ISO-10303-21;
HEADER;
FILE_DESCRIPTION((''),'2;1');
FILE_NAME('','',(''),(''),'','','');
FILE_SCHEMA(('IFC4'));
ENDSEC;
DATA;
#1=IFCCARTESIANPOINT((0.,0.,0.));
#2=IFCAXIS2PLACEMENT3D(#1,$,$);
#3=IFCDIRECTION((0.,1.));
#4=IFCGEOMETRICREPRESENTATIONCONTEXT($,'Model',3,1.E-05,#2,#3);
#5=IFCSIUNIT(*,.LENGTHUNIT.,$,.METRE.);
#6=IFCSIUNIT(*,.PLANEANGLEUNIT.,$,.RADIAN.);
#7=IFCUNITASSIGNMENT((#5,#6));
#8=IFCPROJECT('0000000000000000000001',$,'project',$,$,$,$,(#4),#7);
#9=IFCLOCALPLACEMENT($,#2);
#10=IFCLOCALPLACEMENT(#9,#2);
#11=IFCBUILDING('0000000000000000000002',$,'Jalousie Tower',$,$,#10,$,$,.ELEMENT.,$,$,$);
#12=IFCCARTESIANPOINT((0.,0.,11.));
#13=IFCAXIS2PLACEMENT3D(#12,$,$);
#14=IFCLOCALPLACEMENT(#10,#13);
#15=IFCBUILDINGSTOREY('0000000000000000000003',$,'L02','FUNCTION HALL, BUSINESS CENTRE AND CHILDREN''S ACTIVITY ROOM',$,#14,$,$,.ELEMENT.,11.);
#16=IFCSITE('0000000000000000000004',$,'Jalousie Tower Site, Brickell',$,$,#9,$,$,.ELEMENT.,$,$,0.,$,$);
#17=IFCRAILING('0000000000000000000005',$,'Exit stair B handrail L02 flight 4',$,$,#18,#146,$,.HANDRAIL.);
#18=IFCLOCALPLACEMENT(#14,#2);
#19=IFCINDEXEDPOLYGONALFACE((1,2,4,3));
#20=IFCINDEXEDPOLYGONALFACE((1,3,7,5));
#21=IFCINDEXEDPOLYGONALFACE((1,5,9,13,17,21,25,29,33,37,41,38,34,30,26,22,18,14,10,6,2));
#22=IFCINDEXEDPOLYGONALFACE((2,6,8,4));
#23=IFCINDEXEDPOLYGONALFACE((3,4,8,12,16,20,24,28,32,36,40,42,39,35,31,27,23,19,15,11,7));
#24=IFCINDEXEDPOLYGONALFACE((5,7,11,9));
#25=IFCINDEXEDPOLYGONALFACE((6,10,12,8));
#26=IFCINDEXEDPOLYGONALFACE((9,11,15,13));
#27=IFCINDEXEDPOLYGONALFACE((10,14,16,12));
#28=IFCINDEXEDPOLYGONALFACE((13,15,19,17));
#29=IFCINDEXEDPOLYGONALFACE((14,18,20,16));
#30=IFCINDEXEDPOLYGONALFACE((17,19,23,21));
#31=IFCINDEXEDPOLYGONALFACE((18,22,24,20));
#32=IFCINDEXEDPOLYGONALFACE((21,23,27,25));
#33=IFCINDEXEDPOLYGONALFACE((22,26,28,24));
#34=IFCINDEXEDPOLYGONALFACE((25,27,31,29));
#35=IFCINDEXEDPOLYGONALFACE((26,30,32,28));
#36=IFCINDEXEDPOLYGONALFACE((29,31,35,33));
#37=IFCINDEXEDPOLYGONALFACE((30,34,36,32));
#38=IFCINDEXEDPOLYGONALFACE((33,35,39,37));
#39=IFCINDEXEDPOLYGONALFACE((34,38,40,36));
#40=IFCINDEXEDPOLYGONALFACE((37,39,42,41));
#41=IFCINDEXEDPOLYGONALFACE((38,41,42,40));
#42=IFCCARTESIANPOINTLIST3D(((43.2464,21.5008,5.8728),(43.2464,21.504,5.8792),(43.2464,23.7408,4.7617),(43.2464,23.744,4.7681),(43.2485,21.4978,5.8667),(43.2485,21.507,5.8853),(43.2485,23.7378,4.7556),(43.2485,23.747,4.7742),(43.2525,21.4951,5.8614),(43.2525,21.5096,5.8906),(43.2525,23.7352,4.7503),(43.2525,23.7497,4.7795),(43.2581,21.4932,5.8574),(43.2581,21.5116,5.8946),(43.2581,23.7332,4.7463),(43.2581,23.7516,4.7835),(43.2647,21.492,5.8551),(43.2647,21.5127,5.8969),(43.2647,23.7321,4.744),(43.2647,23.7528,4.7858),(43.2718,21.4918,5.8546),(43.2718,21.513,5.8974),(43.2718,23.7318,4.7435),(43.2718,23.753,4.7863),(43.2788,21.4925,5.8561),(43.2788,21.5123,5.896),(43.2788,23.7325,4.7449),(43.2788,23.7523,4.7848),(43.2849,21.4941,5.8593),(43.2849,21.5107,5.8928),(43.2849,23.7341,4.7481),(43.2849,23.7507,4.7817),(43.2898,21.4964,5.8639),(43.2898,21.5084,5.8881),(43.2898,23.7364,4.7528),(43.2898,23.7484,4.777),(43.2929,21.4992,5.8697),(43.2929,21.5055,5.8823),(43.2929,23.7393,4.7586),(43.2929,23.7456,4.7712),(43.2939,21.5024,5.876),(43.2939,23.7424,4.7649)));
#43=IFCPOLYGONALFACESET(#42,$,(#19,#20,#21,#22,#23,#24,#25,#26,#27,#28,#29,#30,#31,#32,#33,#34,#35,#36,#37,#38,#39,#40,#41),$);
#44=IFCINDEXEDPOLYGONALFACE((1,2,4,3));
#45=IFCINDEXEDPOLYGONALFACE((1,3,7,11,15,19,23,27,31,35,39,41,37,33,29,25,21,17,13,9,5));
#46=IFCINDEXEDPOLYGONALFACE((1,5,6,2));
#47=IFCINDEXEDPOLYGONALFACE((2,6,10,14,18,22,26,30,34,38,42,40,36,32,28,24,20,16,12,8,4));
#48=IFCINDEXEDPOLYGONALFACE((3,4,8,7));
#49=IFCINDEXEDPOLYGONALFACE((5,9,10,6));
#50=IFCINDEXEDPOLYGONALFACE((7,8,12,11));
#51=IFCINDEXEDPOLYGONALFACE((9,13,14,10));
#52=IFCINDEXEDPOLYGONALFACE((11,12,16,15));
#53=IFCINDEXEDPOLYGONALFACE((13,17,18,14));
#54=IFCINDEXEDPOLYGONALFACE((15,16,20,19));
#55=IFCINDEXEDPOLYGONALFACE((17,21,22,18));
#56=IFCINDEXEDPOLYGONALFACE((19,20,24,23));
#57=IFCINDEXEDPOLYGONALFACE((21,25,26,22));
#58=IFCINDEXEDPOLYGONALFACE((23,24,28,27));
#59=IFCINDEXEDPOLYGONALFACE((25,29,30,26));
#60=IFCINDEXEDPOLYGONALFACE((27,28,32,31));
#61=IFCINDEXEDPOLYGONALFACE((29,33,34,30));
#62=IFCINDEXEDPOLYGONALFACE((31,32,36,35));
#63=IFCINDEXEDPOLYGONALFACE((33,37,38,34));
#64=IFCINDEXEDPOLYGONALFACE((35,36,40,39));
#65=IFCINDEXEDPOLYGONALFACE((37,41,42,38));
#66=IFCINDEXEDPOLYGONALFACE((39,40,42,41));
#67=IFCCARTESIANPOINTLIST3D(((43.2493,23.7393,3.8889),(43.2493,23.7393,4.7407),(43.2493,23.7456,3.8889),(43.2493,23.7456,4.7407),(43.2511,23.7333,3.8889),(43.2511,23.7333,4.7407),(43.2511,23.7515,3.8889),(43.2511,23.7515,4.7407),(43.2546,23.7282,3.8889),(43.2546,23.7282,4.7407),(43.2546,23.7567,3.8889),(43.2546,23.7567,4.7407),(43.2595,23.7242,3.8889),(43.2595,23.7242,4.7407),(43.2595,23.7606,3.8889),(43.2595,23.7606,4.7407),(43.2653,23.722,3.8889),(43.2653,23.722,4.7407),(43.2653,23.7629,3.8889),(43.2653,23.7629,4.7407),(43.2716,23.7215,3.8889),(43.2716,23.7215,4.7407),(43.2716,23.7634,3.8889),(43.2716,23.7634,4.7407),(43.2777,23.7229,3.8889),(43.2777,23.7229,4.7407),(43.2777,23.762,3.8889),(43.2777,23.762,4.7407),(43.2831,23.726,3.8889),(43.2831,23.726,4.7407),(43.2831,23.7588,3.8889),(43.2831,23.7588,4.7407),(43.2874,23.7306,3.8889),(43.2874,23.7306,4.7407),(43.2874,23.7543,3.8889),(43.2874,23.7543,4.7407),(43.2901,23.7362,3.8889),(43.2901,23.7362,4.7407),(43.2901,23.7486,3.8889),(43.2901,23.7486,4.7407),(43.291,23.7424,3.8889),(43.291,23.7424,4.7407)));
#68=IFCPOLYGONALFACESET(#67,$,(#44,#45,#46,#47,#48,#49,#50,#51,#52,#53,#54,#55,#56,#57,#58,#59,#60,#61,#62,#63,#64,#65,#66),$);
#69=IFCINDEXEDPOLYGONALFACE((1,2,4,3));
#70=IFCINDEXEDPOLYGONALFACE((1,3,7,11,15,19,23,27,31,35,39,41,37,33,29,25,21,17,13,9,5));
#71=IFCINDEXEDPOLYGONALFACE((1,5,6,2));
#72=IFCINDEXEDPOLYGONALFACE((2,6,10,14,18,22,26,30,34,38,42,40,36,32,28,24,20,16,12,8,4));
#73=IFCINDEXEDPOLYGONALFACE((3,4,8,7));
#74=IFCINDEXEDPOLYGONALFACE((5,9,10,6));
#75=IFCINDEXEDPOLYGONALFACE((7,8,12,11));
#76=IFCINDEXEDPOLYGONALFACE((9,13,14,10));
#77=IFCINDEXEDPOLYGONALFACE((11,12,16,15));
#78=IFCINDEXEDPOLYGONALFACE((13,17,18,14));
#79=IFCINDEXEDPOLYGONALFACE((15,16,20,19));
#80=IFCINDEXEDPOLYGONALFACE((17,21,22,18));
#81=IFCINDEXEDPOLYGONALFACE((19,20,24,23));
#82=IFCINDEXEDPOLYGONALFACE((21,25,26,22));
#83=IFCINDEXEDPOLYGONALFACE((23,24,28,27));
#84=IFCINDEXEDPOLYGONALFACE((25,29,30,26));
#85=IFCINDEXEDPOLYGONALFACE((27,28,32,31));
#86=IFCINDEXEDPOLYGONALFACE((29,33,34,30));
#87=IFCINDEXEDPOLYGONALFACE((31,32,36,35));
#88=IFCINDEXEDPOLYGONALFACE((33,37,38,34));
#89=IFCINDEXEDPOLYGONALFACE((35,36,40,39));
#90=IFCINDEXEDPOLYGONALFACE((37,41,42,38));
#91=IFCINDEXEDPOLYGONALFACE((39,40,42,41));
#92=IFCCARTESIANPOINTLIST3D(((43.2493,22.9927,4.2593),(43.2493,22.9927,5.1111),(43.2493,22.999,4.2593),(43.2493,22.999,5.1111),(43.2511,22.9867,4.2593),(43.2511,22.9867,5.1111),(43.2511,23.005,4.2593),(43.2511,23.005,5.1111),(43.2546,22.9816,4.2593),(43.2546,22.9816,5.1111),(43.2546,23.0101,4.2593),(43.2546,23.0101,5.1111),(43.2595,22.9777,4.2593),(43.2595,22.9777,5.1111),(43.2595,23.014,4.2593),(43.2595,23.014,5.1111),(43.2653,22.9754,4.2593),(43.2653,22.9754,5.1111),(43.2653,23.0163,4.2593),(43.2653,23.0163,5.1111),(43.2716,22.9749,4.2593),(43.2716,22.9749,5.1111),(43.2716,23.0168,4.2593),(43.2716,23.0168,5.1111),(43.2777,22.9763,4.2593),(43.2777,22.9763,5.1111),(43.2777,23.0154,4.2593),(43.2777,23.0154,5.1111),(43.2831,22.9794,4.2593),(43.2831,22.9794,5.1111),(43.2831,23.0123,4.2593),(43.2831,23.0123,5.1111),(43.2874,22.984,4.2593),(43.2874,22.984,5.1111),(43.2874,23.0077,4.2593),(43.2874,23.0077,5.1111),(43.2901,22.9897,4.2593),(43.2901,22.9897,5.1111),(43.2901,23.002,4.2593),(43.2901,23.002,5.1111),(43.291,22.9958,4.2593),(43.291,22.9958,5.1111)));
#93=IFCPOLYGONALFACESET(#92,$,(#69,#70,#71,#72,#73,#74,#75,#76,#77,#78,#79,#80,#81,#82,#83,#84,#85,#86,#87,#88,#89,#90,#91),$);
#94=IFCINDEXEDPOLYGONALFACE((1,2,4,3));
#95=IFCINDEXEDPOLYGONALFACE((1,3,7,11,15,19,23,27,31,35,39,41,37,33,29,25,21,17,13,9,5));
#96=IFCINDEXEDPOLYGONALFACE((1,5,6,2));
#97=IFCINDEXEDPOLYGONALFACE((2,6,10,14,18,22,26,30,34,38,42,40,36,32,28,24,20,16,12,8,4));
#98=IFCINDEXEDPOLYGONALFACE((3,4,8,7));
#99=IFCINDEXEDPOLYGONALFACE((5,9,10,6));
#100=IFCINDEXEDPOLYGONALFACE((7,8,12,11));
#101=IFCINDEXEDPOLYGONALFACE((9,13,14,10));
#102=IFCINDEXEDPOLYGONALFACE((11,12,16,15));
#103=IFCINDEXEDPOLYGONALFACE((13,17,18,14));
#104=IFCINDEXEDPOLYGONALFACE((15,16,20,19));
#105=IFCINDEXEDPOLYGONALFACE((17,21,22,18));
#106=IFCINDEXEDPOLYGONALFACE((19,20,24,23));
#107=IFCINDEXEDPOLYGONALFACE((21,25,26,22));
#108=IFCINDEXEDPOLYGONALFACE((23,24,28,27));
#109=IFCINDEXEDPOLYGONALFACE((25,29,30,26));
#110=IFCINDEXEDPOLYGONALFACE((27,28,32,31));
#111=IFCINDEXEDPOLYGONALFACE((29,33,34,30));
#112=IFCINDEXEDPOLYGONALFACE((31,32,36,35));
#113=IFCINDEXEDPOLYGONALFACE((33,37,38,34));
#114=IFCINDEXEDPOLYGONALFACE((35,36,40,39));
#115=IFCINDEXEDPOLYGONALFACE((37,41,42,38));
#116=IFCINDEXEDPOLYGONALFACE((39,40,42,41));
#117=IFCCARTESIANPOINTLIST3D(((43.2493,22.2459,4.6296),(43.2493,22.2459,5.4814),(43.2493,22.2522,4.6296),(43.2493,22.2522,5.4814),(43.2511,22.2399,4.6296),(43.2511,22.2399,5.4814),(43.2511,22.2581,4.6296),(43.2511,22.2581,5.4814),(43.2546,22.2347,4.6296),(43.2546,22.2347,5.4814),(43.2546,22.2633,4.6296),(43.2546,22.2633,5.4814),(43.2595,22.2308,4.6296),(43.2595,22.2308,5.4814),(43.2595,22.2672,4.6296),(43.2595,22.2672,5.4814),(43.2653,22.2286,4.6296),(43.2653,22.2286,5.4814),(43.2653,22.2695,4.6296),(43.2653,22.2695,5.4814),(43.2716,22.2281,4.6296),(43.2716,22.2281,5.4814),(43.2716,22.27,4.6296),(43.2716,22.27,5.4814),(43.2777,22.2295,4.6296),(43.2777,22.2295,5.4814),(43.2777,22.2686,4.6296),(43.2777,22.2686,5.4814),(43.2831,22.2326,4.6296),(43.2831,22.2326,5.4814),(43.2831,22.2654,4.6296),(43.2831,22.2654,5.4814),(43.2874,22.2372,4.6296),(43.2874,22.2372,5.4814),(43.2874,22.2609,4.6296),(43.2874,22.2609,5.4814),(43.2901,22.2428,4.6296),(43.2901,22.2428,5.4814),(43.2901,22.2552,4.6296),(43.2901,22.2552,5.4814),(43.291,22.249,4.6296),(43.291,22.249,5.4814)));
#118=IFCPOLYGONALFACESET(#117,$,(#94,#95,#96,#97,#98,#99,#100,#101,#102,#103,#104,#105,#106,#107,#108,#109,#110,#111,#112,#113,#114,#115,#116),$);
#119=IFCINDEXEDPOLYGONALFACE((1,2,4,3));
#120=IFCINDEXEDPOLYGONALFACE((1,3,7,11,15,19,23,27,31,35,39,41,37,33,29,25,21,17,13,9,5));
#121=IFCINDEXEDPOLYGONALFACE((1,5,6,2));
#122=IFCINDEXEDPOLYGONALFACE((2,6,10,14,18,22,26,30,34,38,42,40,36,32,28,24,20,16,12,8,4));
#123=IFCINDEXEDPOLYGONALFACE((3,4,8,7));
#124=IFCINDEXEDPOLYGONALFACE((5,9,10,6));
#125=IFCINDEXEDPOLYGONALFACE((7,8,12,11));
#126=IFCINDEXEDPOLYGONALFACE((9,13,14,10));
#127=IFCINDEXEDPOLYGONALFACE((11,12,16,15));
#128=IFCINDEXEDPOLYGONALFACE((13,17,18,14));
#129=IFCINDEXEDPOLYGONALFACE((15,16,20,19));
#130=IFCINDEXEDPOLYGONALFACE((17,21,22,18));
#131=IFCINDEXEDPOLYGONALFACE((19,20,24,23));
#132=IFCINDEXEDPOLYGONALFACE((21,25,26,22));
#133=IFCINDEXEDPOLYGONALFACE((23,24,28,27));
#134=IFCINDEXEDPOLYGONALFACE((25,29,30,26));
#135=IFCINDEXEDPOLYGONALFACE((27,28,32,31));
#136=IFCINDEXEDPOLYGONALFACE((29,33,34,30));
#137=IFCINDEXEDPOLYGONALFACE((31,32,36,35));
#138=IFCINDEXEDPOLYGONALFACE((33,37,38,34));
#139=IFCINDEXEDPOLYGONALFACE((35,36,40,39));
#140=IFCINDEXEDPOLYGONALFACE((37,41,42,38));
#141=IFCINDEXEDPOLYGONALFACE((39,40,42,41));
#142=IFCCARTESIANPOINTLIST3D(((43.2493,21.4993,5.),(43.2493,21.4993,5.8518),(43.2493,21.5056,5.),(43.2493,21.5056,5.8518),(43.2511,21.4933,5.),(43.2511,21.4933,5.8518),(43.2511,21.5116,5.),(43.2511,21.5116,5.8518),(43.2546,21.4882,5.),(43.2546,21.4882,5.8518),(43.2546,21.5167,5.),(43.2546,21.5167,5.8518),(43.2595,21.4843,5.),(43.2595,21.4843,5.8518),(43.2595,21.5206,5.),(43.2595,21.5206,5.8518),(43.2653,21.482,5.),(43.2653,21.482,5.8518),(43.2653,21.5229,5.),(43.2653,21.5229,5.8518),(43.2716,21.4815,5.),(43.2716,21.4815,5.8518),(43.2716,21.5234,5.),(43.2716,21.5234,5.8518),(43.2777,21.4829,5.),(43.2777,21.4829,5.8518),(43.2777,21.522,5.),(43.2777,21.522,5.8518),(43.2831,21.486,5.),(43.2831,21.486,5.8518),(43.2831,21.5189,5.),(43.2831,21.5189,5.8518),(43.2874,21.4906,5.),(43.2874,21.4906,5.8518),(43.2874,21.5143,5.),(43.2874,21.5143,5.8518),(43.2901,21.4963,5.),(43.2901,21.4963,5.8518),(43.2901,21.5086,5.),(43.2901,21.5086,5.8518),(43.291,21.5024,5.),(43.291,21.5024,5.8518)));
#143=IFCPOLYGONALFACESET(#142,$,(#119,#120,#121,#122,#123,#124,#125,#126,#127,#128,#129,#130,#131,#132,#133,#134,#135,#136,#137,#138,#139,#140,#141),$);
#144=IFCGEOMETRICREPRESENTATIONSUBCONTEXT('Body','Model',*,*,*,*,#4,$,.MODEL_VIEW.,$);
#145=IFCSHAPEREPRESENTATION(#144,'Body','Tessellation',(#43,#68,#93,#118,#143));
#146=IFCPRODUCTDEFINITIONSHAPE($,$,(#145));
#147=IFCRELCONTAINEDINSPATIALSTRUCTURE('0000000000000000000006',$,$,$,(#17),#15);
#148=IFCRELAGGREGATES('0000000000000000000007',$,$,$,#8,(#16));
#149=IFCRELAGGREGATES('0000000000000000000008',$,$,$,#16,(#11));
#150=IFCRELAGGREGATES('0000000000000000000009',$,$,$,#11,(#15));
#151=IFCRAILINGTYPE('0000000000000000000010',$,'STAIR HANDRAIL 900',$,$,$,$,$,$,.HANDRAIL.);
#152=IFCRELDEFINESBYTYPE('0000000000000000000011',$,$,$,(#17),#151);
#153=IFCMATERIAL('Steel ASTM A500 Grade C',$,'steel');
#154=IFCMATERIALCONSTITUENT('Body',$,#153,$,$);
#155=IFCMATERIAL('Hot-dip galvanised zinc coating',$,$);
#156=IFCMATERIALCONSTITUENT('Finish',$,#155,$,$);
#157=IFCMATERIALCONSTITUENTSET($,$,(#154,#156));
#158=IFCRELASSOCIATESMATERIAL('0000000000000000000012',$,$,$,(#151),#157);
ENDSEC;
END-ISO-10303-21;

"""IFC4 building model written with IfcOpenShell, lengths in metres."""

from ifc_helpers import new_model, si_unit, direction, frame, origin, origin_2d, place, context, subcontext, project, spatial, circle, extrude, material, constituent, constituent_set, type_object, element, save


model = new_model("IFC4")

# Units and contexts
model_context = context("Model", 3, precision=1e-05, world=origin(), true_north=direction((0.0, 1.0)))
body_context = subcontext(model_context, "Body", "Model", "MODEL_VIEW")
ifc_project = project(units=[si_unit("LENGTHUNIT", "METRE"), si_unit("PLANEANGLEUNIT", "RADIAN")], contexts=[model_context])

# Site, building, storey
site_placement = place(None, origin())
site = spatial("IfcSite", under=ifc_project, at=site_placement, Name="Jalousie Tower Site, Brickell", CompositionType="ELEMENT", RefElevation=0.0)
building_placement = place(site_placement, origin())
building = spatial("IfcBuilding", under=site, at=building_placement, Name="Jalousie Tower", CompositionType="ELEMENT")
storey_placement = place(building_placement, frame((0.0, 0.0, 11.0)))
storey = spatial("IfcBuildingStorey", under=building, at=storey_placement, Name="L02", Description="FUNCTION HALL, BUSINESS CENTRE AND CHILDREN'S ACTIVITY ROOM", CompositionType="ELEMENT", Elevation=11.0)

# Railing
ifc_material_1 = material(Name="Steel ASTM A500 Grade C", Category="steel")
ifc_constituent_1 = constituent(ifc_material_1, Name="Body")
ifc_material_2 = material(Name="Hot-dip galvanised zinc coating")
ifc_constituent_2 = constituent(ifc_material_2, Name="Finish")
ifc_constituent_set_1 = constituent_set(constituents=[ifc_constituent_1, ifc_constituent_2])
railing_type_1 = type_object("IfcRailingType", Name="STAIR HANDRAIL 900", PredefinedType="HANDRAIL", material=ifc_constituent_set_1)
for number, where, name in (
    (1, (43.27, 23.7424, 3.8889), "Exit stair B handrail L02 flight 4"),
):
    element("IfcRailing", number, at=place(storey_placement, frame(where)), inside=storey, type_object=railing_type_1, Name=name, PredefinedType="HANDRAIL", context=body_context, shape_type="SweptSolid", body=[
        extrude(circle(Radius=0.0239, at=origin_2d()), frame((0.0, 0.0, 0.876), z_axis=(0.0, -0.895848, 0.44436), x_axis=(1.0, 0.0, 0.0)), (0.0, 0.0, 1.0), 2.5005),
        extrude(circle(Radius=0.021, at=origin_2d()), origin(), (0.0, 0.0, 1.0), 0.8518),
        extrude(circle(Radius=0.021, at=origin_2d()), frame((0.0, -0.7466, 0.3704)), (0.0, 0.0, 1.0), 0.8518),
        extrude(circle(Radius=0.021, at=origin_2d()), frame((0.0, -1.4934, 0.7407)), (0.0, 0.0, 1.0), 0.8518),
        extrude(circle(Radius=0.021, at=origin_2d()), frame((0.0, -2.24, 1.1111)), (0.0, 0.0, 1.0), 0.8518),
    ])

save(model, "model.ifc")
